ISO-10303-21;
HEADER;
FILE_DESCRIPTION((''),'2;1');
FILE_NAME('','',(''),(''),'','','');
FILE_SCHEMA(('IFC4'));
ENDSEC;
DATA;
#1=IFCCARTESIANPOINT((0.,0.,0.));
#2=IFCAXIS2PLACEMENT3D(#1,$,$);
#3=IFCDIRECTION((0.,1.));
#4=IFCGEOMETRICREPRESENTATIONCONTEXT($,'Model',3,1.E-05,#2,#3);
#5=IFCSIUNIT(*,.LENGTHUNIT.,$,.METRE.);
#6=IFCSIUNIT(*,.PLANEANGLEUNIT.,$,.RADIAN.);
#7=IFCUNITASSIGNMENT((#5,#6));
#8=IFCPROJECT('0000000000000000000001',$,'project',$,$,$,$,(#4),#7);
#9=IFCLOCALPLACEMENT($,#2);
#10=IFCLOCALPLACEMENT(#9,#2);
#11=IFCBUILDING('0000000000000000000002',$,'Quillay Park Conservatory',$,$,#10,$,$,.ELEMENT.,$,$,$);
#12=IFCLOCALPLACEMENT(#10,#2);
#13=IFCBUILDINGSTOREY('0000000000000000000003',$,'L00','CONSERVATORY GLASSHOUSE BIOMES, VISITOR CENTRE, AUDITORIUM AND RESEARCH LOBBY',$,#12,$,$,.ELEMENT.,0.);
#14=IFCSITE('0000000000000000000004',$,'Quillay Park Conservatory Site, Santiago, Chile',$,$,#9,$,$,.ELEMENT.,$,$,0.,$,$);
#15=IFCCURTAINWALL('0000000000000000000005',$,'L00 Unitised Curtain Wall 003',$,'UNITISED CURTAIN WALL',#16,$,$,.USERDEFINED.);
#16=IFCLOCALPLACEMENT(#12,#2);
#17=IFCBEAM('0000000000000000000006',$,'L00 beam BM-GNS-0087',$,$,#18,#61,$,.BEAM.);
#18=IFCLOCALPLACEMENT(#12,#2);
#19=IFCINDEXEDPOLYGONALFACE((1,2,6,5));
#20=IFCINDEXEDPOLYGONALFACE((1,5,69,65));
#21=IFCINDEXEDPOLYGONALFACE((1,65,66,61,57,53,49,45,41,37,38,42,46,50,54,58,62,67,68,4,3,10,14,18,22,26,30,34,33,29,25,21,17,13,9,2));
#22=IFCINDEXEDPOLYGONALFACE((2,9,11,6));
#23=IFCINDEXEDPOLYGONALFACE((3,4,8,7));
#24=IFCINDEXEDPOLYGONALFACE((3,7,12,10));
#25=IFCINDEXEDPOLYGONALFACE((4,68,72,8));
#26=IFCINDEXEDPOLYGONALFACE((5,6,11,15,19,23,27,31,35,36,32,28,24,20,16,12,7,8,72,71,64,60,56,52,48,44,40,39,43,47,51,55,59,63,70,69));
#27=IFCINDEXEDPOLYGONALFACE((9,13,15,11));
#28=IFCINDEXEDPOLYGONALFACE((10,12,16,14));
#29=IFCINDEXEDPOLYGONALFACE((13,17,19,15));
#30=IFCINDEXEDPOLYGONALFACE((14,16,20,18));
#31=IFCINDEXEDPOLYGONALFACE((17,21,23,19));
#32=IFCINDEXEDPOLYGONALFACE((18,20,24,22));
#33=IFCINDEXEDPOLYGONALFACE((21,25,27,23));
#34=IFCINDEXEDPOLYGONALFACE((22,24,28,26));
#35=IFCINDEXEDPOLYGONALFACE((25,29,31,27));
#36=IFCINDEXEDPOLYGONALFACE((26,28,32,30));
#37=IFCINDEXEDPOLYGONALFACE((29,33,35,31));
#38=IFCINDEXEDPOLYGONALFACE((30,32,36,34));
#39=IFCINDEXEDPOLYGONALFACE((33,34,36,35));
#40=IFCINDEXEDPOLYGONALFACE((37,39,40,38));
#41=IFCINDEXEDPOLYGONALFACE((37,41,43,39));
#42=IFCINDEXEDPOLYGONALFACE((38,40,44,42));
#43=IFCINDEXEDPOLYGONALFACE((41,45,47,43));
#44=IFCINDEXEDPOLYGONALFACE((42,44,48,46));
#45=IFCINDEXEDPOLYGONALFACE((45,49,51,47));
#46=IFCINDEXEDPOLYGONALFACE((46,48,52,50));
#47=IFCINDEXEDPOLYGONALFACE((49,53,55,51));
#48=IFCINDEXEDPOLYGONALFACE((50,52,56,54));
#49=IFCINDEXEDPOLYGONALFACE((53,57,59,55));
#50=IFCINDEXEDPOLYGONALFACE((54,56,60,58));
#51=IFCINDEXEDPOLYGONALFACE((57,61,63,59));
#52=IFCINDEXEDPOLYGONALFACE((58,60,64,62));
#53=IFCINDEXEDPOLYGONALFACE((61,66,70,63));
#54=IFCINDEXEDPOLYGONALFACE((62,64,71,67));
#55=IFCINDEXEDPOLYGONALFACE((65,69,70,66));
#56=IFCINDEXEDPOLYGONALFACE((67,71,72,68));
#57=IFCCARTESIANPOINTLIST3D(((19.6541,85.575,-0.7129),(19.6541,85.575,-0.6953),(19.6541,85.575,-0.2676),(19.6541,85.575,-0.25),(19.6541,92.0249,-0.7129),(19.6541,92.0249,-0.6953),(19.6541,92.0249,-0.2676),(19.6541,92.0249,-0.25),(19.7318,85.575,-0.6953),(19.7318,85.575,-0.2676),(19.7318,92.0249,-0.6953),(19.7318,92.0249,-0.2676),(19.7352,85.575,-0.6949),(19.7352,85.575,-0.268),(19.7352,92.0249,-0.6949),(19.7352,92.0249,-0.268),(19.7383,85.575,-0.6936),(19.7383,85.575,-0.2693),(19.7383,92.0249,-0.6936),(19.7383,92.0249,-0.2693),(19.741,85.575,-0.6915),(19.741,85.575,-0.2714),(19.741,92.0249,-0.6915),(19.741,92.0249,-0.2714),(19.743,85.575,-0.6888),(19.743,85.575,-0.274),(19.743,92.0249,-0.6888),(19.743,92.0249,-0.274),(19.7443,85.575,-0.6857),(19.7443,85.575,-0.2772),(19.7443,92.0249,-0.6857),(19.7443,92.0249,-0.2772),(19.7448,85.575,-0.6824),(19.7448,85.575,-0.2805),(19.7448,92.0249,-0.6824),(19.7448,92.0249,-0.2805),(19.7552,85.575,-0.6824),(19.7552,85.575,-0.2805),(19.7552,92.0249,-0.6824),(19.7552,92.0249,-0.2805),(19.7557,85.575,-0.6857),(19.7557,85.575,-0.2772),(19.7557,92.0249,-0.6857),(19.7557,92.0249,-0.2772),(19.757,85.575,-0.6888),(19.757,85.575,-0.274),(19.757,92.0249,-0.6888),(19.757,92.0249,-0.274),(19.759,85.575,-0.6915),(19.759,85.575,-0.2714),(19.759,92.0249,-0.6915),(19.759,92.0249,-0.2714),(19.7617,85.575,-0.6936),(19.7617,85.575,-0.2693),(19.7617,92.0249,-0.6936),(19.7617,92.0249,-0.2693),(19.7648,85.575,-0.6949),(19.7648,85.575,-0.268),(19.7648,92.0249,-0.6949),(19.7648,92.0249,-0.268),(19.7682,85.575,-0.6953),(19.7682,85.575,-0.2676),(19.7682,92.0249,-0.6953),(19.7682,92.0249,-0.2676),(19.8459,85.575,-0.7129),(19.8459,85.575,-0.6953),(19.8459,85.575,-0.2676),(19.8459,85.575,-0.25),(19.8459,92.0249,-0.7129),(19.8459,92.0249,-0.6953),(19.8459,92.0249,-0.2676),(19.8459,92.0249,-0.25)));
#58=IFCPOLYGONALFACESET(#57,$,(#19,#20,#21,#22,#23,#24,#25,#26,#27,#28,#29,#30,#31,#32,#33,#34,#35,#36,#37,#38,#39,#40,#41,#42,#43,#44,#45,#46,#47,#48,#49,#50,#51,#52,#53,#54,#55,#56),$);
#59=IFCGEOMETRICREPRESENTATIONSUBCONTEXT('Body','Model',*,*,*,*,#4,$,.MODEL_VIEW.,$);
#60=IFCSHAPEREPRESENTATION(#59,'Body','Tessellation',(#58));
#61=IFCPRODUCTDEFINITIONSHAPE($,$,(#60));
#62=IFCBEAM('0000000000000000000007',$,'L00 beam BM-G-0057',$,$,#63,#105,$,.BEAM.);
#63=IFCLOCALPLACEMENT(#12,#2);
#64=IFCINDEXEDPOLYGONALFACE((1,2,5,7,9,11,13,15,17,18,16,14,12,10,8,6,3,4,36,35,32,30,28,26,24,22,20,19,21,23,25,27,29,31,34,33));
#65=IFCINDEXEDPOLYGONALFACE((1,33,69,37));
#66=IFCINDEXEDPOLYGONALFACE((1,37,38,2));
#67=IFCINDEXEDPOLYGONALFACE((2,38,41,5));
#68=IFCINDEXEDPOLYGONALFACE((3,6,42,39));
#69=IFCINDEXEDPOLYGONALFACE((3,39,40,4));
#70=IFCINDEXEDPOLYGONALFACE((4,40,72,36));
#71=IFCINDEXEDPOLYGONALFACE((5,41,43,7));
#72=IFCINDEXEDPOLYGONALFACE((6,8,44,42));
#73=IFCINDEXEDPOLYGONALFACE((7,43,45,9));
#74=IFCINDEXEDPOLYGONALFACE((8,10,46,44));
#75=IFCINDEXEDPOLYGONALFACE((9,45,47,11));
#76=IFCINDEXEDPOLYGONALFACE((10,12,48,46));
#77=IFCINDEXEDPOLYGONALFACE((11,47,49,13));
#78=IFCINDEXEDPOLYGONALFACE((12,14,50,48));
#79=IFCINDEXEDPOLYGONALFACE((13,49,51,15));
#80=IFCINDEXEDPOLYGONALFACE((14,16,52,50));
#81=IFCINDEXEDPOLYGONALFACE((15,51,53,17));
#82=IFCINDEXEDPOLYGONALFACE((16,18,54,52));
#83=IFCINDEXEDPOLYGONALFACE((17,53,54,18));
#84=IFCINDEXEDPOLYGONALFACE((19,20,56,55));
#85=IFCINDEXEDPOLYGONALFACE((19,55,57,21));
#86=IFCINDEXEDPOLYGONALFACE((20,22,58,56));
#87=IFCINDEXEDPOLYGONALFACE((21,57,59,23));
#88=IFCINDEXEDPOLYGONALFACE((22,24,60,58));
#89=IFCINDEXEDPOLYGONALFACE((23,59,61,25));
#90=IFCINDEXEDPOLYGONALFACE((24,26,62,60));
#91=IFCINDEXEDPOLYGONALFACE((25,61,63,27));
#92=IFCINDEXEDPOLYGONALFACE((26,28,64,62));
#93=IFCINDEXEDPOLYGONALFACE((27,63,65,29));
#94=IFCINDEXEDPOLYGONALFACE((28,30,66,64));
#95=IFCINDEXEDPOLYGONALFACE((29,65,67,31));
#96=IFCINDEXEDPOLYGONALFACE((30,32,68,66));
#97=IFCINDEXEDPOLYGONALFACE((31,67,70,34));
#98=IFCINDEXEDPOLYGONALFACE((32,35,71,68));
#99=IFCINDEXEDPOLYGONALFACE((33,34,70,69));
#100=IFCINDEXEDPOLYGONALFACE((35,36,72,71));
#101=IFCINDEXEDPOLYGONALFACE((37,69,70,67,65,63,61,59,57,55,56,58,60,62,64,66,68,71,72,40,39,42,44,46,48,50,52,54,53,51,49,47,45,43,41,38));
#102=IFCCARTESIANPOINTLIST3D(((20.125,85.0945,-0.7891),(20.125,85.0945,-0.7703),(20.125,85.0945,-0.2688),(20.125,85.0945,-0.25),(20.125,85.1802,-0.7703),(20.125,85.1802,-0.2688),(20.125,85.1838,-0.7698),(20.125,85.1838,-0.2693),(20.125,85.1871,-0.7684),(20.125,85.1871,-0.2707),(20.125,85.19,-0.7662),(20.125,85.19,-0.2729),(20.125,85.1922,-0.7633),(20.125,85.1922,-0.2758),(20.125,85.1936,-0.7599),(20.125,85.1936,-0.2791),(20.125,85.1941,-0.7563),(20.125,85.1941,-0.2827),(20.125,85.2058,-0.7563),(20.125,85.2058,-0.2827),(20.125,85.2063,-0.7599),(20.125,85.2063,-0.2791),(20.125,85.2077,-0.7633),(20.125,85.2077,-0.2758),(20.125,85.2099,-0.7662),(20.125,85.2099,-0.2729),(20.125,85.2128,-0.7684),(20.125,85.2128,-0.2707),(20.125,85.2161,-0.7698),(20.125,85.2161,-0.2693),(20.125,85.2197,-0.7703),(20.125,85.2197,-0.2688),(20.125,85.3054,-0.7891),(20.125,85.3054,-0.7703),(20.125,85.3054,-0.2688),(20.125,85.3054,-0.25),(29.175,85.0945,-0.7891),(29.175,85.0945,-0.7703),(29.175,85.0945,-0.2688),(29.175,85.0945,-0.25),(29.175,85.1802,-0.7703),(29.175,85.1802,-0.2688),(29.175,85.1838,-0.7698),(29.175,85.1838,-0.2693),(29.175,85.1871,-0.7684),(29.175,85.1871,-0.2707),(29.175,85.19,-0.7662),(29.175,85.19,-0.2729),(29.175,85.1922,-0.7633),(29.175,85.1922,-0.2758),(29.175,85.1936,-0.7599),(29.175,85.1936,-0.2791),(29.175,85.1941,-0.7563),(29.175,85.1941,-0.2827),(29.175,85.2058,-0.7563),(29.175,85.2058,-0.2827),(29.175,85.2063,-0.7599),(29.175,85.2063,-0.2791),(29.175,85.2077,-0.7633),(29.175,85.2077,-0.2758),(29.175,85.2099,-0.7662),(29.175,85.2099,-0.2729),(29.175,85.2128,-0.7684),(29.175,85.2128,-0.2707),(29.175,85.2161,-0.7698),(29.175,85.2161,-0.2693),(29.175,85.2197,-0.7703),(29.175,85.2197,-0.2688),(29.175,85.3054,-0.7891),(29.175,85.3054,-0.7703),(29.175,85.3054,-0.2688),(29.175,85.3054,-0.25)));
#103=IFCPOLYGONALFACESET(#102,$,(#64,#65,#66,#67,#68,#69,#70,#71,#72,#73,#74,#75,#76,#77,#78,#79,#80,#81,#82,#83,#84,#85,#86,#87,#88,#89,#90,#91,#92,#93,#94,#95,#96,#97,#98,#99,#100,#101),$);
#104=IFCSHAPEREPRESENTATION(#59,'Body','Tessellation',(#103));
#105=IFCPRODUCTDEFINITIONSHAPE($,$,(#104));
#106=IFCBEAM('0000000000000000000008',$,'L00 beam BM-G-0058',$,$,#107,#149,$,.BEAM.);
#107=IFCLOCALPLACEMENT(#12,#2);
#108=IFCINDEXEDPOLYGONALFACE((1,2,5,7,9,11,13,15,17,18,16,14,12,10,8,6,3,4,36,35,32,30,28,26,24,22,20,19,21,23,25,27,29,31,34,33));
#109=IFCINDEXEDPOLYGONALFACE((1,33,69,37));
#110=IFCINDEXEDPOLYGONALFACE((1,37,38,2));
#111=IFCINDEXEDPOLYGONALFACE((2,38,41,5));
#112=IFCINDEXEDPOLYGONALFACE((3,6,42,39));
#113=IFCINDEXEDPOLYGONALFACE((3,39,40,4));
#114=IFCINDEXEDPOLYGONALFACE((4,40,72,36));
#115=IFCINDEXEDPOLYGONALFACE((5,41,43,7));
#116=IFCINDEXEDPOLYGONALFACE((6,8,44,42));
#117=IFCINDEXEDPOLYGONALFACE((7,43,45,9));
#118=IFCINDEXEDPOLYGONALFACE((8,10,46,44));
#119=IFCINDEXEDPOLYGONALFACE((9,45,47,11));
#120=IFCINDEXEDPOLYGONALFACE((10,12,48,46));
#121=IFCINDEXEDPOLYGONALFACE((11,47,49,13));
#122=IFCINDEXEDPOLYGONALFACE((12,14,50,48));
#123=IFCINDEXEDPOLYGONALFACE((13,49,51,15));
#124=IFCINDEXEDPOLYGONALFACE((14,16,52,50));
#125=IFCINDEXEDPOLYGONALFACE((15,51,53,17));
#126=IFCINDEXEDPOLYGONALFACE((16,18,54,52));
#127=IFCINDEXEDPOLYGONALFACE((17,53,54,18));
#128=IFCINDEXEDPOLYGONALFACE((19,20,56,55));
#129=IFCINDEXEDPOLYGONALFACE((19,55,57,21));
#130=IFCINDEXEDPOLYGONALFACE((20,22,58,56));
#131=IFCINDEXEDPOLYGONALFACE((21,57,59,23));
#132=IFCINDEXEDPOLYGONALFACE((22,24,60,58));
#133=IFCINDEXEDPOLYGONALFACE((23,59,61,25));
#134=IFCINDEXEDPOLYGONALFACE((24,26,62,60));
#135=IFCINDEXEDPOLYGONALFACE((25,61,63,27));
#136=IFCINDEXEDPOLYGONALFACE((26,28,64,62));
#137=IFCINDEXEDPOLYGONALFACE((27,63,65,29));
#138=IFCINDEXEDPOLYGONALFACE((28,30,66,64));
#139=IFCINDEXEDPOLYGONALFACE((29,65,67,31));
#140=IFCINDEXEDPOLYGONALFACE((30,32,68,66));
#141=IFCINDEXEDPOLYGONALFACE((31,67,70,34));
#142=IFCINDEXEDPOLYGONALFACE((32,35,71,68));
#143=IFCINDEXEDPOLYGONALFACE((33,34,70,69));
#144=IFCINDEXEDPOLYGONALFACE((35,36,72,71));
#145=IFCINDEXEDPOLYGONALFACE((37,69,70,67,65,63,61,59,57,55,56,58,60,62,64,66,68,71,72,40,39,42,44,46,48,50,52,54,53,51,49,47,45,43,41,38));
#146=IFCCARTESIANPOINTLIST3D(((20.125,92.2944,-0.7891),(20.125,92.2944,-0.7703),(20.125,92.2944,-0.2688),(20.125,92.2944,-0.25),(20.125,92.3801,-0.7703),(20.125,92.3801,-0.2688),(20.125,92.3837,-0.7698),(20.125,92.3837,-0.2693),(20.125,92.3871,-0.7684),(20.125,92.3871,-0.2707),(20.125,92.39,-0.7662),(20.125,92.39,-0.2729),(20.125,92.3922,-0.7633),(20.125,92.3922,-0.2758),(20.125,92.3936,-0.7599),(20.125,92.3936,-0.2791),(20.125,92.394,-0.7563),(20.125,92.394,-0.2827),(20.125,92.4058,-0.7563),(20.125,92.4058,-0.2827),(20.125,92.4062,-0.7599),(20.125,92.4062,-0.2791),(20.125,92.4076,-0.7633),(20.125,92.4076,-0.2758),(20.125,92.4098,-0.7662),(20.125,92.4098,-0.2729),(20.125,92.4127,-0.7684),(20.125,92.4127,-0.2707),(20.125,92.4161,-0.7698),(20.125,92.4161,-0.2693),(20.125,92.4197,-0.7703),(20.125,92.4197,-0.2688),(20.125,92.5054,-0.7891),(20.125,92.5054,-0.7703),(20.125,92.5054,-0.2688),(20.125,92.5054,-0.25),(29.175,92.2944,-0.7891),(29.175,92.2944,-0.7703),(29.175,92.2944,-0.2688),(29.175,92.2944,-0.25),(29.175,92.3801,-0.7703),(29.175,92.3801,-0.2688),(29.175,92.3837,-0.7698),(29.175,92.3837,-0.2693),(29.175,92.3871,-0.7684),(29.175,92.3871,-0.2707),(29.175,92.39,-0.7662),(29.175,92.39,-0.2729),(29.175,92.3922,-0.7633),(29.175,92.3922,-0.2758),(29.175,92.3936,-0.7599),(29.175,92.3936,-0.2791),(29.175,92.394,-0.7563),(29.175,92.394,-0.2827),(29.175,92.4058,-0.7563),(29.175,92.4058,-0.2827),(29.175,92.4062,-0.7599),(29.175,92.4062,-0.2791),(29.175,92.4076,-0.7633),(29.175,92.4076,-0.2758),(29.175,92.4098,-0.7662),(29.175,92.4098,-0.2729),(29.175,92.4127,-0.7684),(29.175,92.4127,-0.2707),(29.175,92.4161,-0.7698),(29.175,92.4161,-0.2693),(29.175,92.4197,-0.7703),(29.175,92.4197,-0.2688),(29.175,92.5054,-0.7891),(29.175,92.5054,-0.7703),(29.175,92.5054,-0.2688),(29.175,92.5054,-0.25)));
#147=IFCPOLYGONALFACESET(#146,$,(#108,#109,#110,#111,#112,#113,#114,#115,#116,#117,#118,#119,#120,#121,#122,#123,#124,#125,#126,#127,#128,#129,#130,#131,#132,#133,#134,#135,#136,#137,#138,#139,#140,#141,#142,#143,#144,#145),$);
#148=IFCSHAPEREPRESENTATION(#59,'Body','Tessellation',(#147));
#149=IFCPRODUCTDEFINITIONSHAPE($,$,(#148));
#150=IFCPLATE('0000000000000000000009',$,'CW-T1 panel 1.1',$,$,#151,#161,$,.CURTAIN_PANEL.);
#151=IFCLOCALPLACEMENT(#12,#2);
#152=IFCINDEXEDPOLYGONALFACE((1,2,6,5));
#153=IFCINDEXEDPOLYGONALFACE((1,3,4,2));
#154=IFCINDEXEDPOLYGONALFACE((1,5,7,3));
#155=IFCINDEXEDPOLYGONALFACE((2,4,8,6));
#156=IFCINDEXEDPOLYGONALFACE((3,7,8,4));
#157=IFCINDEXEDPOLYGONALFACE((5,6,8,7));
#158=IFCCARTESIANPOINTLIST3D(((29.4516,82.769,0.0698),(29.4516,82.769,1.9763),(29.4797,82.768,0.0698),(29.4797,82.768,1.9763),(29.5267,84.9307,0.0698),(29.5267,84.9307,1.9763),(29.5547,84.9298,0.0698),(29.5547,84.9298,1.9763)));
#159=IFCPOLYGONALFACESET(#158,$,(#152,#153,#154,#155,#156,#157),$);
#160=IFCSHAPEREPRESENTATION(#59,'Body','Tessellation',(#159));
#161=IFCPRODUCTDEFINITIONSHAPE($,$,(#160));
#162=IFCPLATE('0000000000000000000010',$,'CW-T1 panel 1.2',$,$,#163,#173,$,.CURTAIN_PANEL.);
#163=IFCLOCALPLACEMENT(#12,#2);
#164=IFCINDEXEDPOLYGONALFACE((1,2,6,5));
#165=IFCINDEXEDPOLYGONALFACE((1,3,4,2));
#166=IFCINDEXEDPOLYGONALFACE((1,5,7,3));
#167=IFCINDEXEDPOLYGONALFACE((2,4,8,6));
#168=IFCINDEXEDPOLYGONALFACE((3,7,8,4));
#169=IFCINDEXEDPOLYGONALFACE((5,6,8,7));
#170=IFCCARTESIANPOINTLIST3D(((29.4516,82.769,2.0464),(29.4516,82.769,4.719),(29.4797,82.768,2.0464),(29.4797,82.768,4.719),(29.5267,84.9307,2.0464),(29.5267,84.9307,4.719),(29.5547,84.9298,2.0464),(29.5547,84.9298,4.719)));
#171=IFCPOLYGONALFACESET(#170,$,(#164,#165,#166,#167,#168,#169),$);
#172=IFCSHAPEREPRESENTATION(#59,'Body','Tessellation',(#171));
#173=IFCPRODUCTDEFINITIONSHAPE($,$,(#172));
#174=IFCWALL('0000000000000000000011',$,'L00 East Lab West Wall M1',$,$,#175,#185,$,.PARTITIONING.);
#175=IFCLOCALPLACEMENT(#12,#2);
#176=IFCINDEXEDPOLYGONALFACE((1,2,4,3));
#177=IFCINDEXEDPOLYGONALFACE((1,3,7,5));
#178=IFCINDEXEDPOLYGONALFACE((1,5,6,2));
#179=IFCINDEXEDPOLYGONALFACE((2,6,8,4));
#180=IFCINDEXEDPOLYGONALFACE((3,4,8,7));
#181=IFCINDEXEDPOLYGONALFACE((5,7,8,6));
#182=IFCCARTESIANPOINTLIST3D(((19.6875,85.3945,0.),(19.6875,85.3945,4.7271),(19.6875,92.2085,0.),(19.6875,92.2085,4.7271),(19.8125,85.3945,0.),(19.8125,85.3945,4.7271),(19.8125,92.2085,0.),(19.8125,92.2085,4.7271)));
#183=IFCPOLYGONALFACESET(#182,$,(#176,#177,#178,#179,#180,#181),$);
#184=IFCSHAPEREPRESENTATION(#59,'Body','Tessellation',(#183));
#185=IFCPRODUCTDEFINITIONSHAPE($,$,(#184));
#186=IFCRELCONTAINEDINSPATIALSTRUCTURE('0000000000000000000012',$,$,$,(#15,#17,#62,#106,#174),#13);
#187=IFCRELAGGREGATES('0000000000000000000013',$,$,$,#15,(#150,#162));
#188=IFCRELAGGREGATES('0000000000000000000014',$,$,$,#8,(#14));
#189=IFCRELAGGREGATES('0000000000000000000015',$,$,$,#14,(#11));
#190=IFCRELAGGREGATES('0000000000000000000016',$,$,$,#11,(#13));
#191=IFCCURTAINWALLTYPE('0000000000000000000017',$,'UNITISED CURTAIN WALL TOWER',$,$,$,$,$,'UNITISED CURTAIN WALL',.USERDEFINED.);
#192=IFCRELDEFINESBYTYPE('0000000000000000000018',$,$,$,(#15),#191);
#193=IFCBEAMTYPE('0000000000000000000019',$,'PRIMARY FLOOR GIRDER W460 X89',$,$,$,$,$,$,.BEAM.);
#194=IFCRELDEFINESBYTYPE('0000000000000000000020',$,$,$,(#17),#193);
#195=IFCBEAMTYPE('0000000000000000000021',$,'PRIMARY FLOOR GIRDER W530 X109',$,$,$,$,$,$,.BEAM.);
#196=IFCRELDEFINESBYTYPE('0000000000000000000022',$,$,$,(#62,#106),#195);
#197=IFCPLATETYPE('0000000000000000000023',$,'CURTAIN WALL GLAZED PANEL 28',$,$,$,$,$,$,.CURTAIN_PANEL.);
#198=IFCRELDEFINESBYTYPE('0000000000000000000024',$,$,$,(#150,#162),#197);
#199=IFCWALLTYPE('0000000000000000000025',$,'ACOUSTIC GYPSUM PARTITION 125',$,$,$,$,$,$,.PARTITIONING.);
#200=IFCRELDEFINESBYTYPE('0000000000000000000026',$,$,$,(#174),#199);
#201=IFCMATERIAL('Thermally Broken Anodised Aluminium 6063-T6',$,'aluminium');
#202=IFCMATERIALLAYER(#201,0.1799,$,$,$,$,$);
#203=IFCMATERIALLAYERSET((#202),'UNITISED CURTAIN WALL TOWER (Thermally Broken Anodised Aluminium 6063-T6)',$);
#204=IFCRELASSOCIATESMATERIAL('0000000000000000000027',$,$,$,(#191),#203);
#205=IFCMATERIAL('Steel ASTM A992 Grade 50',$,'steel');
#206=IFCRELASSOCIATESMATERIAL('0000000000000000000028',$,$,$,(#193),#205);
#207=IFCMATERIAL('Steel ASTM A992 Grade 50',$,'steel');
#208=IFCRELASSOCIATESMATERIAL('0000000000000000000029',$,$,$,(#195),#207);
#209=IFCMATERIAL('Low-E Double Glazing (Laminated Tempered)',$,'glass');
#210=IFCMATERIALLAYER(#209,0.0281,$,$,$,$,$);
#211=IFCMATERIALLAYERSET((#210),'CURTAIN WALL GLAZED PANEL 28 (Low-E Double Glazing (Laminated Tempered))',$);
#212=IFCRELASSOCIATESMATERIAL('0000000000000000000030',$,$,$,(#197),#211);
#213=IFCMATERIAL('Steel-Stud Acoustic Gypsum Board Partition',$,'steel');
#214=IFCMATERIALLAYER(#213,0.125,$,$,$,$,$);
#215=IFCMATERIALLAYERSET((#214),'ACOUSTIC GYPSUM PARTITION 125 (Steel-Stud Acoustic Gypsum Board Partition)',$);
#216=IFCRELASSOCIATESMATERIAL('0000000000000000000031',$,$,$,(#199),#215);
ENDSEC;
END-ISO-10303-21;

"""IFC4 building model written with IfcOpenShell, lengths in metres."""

from ifc_helpers import new_model, si_unit, direction, frame, frame_2d, origin, origin_2d, place, context, subcontext, project, spatial, rectangle, i_section, extrude, material, layer, layer_set, material_profile, profile_set, type_object, element, aggregate, save


model = new_model("IFC4")

# Units and contexts
model_context = context("Model", 3, precision=1e-05, world=origin(), true_north=direction((0.0, 1.0)))
body_context = subcontext(model_context, "Body", "Model", "MODEL_VIEW")
ifc_project = project(units=[si_unit("LENGTHUNIT", "METRE"), si_unit("PLANEANGLEUNIT", "RADIAN")], contexts=[model_context])

# Site, building, storey
site_placement = place(None, origin())
site = spatial("IfcSite", under=ifc_project, at=site_placement, Name="Quillay Park Conservatory Site, Santiago, Chile", CompositionType="ELEMENT", RefElevation=0.0)
building_placement = place(site_placement, origin())
building = spatial("IfcBuilding", under=site, at=building_placement, Name="Quillay Park Conservatory", CompositionType="ELEMENT")
storey_placement = place(building_placement, origin())
storey = spatial("IfcBuildingStorey", under=building, at=storey_placement, Name="L00", Description="CONSERVATORY GLASSHOUSE BIOMES, VISITOR CENTRE, AUDITORIUM AND RESEARCH LOBBY", CompositionType="ELEMENT", Elevation=0.0)

# Curtain wall
ifc_material_1 = material(Name="Thermally Broken Anodised Aluminium 6063-T6", Category="aluminium")
ifc_layer_1 = layer(ifc_material_1, 0.1799)
ifc_layer_set_1 = layer_set([ifc_layer_1], Name="UNITISED CURTAIN WALL TOWER (Thermally Broken Anodised Aluminium 6063-T6)")
curtain_wall_type = type_object("IfcCurtainWallType", Name="UNITISED CURTAIN WALL TOWER", ElementType="UNITISED CURTAIN WALL", PredefinedType="USERDEFINED", material=ifc_layer_set_1)
curtain_wall_placement = place(storey_placement, origin())
curtain_wall = element("IfcCurtainWall", 1, at=curtain_wall_placement, inside=storey, type_object=curtain_wall_type, Name="L00 Unitised Curtain Wall 003", ObjectType="UNITISED CURTAIN WALL", PredefinedType="USERDEFINED")

# Beams
ifc_material_2 = material(Name="Steel ASTM A992 Grade 50", Category="steel")
ifc_material_profile_1 = material_profile(ifc_material_2, i_section(OverallWidth=0.1919, OverallDepth=0.4629, WebThickness=0.0105, FlangeThickness=0.0176, FilletRadius=0.0129, at=origin_2d()), Name="W460x89")
ifc_profile_set_1 = profile_set([ifc_material_profile_1], Name="Steel ASTM A992 Grade 50")
beam_type_1 = type_object("IfcBeamType", Name="PRIMARY FLOOR GIRDER W460 X89", PredefinedType="BEAM", material=ifc_profile_set_1)
beam_1_placement = place(storey_placement, frame((19.75, 85.575, -0.4814), z_axis=(0.0, 1.0, 0.0), x_axis=(-1.0, 0.0, 0.0)))
element("IfcBeam", 2, at=beam_1_placement, inside=storey, type_object=beam_type_1, Name="L00 beam BM-GNS-0087", PredefinedType="BEAM", context=body_context, shape_type="SweptSolid", body=[
    extrude(i_section(OverallWidth=0.1919, OverallDepth=0.4629, WebThickness=0.0105, FlangeThickness=0.0176, FilletRadius=0.0129, at=origin_2d()), origin(), (0.0, 0.0, 1.0), 6.45),
])
ifc_material_3 = material(Name="Steel ASTM A992 Grade 50", Category="steel")
ifc_material_profile_2 = material_profile(ifc_material_3, i_section(OverallWidth=0.2109, OverallDepth=0.5391, WebThickness=0.0117, FlangeThickness=0.0188, FilletRadius=0.0139, at=origin_2d()), Name="W530x109")
ifc_profile_set_2 = profile_set([ifc_material_profile_2], Name="Steel ASTM A992 Grade 50")
beam_type_2 = type_object("IfcBeamType", Name="PRIMARY FLOOR GIRDER W530 X109", PredefinedType="BEAM", material=ifc_profile_set_2)
for number, where, z_axis, x_axis, name in (
    (3, (20.125, 85.2, -0.5195), (1.0, 0.0, 0.0), (0.0, 1.0, 0.0), "L00 beam BM-G-0057"),
    (4, (20.125, 92.3999, -0.5195), (1.0, 0.0, 0.0), (0.0, 1.0, 0.0), "L00 beam BM-G-0058"),
):
    element("IfcBeam", number, at=place(storey_placement, frame(where, z_axis=z_axis, x_axis=x_axis)), inside=storey, type_object=beam_type_2, Name=name, PredefinedType="BEAM", context=body_context, shape_type="SweptSolid", body=[
        extrude(i_section(OverallWidth=0.2109, OverallDepth=0.5391, WebThickness=0.0117, FlangeThickness=0.0188, FilletRadius=0.0139, at=origin_2d()), origin(), (0.0, 0.0, 1.0), 9.05),
    ])

# Plates
ifc_material_4 = material(Name="Low-E Double Glazing (Laminated Tempered)", Category="glass")
ifc_layer_2 = layer(ifc_material_4, 0.0281)
ifc_layer_set_2 = layer_set([ifc_layer_2], Name="CURTAIN WALL GLAZED PANEL 28 (Low-E Double Glazing (Laminated Tempered))")
plate_type = type_object("IfcPlateType", Name="CURTAIN WALL GLAZED PANEL 28", PredefinedType="CURTAIN_PANEL", material=ifc_layer_set_2)
plate_1_placement = place(storey_placement, frame((29.5032, 83.8494, 0.0698), z_axis=(0.0, 0.0, 1.0), x_axis=(-0.034713, -0.999397, 0.0)))
plate_1 = element("IfcPlate", 5, at=plate_1_placement, type_object=plate_type, Name="CW-T1 panel 1.1", PredefinedType="CURTAIN_PANEL", context=body_context, shape_type="SweptSolid", body=[
    extrude(rectangle(XDim=2.1631, YDim=0.0281, at=origin_2d()), origin(), (0.0, 0.0, 1.0), 1.9065),
])
plate_2_placement = place(storey_placement, frame((29.5032, 83.8494, 2.0464), z_axis=(0.0, 0.0, 1.0), x_axis=(-0.034713, -0.999397, 0.0)))
plate_2 = element("IfcPlate", 6, at=plate_2_placement, type_object=plate_type, Name="CW-T1 panel 1.2", PredefinedType="CURTAIN_PANEL", context=body_context, shape_type="SweptSolid", body=[
    extrude(rectangle(XDim=2.1631, YDim=0.0281, at=origin_2d()), origin(), (0.0, 0.0, 1.0), 2.6726),
])
aggregate(curtain_wall, [plate_1, plate_2])

# Wall
ifc_material_5 = material(Name="Steel-Stud Acoustic Gypsum Board Partition", Category="steel")
ifc_layer_3 = layer(ifc_material_5, 0.125)
ifc_layer_set_3 = layer_set([ifc_layer_3], Name="ACOUSTIC GYPSUM PARTITION 125 (Steel-Stud Acoustic Gypsum Board Partition)")
wall_type_1 = type_object("IfcWallType", Name="ACOUSTIC GYPSUM PARTITION 125", PredefinedType="PARTITIONING", material=ifc_layer_set_3)
wall_1_placement = place(storey_placement, frame((19.75, 92.2085, 0.0), z_axis=(0.0, 0.0, 1.0), x_axis=(0.0, -1.0, 0.0)))
element("IfcWall", 7, at=wall_1_placement, inside=storey, type_object=wall_type_1, Name="L00 East Lab West Wall M1", PredefinedType="PARTITIONING", context=body_context, shape_type="SweptSolid", body=[
    extrude(rectangle(XDim=6.814, YDim=0.125, at=frame_2d((3.407, 0.0))), origin(), (0.0, 0.0, 1.0), 4.7271),
])

save(model, "model.ifc")
